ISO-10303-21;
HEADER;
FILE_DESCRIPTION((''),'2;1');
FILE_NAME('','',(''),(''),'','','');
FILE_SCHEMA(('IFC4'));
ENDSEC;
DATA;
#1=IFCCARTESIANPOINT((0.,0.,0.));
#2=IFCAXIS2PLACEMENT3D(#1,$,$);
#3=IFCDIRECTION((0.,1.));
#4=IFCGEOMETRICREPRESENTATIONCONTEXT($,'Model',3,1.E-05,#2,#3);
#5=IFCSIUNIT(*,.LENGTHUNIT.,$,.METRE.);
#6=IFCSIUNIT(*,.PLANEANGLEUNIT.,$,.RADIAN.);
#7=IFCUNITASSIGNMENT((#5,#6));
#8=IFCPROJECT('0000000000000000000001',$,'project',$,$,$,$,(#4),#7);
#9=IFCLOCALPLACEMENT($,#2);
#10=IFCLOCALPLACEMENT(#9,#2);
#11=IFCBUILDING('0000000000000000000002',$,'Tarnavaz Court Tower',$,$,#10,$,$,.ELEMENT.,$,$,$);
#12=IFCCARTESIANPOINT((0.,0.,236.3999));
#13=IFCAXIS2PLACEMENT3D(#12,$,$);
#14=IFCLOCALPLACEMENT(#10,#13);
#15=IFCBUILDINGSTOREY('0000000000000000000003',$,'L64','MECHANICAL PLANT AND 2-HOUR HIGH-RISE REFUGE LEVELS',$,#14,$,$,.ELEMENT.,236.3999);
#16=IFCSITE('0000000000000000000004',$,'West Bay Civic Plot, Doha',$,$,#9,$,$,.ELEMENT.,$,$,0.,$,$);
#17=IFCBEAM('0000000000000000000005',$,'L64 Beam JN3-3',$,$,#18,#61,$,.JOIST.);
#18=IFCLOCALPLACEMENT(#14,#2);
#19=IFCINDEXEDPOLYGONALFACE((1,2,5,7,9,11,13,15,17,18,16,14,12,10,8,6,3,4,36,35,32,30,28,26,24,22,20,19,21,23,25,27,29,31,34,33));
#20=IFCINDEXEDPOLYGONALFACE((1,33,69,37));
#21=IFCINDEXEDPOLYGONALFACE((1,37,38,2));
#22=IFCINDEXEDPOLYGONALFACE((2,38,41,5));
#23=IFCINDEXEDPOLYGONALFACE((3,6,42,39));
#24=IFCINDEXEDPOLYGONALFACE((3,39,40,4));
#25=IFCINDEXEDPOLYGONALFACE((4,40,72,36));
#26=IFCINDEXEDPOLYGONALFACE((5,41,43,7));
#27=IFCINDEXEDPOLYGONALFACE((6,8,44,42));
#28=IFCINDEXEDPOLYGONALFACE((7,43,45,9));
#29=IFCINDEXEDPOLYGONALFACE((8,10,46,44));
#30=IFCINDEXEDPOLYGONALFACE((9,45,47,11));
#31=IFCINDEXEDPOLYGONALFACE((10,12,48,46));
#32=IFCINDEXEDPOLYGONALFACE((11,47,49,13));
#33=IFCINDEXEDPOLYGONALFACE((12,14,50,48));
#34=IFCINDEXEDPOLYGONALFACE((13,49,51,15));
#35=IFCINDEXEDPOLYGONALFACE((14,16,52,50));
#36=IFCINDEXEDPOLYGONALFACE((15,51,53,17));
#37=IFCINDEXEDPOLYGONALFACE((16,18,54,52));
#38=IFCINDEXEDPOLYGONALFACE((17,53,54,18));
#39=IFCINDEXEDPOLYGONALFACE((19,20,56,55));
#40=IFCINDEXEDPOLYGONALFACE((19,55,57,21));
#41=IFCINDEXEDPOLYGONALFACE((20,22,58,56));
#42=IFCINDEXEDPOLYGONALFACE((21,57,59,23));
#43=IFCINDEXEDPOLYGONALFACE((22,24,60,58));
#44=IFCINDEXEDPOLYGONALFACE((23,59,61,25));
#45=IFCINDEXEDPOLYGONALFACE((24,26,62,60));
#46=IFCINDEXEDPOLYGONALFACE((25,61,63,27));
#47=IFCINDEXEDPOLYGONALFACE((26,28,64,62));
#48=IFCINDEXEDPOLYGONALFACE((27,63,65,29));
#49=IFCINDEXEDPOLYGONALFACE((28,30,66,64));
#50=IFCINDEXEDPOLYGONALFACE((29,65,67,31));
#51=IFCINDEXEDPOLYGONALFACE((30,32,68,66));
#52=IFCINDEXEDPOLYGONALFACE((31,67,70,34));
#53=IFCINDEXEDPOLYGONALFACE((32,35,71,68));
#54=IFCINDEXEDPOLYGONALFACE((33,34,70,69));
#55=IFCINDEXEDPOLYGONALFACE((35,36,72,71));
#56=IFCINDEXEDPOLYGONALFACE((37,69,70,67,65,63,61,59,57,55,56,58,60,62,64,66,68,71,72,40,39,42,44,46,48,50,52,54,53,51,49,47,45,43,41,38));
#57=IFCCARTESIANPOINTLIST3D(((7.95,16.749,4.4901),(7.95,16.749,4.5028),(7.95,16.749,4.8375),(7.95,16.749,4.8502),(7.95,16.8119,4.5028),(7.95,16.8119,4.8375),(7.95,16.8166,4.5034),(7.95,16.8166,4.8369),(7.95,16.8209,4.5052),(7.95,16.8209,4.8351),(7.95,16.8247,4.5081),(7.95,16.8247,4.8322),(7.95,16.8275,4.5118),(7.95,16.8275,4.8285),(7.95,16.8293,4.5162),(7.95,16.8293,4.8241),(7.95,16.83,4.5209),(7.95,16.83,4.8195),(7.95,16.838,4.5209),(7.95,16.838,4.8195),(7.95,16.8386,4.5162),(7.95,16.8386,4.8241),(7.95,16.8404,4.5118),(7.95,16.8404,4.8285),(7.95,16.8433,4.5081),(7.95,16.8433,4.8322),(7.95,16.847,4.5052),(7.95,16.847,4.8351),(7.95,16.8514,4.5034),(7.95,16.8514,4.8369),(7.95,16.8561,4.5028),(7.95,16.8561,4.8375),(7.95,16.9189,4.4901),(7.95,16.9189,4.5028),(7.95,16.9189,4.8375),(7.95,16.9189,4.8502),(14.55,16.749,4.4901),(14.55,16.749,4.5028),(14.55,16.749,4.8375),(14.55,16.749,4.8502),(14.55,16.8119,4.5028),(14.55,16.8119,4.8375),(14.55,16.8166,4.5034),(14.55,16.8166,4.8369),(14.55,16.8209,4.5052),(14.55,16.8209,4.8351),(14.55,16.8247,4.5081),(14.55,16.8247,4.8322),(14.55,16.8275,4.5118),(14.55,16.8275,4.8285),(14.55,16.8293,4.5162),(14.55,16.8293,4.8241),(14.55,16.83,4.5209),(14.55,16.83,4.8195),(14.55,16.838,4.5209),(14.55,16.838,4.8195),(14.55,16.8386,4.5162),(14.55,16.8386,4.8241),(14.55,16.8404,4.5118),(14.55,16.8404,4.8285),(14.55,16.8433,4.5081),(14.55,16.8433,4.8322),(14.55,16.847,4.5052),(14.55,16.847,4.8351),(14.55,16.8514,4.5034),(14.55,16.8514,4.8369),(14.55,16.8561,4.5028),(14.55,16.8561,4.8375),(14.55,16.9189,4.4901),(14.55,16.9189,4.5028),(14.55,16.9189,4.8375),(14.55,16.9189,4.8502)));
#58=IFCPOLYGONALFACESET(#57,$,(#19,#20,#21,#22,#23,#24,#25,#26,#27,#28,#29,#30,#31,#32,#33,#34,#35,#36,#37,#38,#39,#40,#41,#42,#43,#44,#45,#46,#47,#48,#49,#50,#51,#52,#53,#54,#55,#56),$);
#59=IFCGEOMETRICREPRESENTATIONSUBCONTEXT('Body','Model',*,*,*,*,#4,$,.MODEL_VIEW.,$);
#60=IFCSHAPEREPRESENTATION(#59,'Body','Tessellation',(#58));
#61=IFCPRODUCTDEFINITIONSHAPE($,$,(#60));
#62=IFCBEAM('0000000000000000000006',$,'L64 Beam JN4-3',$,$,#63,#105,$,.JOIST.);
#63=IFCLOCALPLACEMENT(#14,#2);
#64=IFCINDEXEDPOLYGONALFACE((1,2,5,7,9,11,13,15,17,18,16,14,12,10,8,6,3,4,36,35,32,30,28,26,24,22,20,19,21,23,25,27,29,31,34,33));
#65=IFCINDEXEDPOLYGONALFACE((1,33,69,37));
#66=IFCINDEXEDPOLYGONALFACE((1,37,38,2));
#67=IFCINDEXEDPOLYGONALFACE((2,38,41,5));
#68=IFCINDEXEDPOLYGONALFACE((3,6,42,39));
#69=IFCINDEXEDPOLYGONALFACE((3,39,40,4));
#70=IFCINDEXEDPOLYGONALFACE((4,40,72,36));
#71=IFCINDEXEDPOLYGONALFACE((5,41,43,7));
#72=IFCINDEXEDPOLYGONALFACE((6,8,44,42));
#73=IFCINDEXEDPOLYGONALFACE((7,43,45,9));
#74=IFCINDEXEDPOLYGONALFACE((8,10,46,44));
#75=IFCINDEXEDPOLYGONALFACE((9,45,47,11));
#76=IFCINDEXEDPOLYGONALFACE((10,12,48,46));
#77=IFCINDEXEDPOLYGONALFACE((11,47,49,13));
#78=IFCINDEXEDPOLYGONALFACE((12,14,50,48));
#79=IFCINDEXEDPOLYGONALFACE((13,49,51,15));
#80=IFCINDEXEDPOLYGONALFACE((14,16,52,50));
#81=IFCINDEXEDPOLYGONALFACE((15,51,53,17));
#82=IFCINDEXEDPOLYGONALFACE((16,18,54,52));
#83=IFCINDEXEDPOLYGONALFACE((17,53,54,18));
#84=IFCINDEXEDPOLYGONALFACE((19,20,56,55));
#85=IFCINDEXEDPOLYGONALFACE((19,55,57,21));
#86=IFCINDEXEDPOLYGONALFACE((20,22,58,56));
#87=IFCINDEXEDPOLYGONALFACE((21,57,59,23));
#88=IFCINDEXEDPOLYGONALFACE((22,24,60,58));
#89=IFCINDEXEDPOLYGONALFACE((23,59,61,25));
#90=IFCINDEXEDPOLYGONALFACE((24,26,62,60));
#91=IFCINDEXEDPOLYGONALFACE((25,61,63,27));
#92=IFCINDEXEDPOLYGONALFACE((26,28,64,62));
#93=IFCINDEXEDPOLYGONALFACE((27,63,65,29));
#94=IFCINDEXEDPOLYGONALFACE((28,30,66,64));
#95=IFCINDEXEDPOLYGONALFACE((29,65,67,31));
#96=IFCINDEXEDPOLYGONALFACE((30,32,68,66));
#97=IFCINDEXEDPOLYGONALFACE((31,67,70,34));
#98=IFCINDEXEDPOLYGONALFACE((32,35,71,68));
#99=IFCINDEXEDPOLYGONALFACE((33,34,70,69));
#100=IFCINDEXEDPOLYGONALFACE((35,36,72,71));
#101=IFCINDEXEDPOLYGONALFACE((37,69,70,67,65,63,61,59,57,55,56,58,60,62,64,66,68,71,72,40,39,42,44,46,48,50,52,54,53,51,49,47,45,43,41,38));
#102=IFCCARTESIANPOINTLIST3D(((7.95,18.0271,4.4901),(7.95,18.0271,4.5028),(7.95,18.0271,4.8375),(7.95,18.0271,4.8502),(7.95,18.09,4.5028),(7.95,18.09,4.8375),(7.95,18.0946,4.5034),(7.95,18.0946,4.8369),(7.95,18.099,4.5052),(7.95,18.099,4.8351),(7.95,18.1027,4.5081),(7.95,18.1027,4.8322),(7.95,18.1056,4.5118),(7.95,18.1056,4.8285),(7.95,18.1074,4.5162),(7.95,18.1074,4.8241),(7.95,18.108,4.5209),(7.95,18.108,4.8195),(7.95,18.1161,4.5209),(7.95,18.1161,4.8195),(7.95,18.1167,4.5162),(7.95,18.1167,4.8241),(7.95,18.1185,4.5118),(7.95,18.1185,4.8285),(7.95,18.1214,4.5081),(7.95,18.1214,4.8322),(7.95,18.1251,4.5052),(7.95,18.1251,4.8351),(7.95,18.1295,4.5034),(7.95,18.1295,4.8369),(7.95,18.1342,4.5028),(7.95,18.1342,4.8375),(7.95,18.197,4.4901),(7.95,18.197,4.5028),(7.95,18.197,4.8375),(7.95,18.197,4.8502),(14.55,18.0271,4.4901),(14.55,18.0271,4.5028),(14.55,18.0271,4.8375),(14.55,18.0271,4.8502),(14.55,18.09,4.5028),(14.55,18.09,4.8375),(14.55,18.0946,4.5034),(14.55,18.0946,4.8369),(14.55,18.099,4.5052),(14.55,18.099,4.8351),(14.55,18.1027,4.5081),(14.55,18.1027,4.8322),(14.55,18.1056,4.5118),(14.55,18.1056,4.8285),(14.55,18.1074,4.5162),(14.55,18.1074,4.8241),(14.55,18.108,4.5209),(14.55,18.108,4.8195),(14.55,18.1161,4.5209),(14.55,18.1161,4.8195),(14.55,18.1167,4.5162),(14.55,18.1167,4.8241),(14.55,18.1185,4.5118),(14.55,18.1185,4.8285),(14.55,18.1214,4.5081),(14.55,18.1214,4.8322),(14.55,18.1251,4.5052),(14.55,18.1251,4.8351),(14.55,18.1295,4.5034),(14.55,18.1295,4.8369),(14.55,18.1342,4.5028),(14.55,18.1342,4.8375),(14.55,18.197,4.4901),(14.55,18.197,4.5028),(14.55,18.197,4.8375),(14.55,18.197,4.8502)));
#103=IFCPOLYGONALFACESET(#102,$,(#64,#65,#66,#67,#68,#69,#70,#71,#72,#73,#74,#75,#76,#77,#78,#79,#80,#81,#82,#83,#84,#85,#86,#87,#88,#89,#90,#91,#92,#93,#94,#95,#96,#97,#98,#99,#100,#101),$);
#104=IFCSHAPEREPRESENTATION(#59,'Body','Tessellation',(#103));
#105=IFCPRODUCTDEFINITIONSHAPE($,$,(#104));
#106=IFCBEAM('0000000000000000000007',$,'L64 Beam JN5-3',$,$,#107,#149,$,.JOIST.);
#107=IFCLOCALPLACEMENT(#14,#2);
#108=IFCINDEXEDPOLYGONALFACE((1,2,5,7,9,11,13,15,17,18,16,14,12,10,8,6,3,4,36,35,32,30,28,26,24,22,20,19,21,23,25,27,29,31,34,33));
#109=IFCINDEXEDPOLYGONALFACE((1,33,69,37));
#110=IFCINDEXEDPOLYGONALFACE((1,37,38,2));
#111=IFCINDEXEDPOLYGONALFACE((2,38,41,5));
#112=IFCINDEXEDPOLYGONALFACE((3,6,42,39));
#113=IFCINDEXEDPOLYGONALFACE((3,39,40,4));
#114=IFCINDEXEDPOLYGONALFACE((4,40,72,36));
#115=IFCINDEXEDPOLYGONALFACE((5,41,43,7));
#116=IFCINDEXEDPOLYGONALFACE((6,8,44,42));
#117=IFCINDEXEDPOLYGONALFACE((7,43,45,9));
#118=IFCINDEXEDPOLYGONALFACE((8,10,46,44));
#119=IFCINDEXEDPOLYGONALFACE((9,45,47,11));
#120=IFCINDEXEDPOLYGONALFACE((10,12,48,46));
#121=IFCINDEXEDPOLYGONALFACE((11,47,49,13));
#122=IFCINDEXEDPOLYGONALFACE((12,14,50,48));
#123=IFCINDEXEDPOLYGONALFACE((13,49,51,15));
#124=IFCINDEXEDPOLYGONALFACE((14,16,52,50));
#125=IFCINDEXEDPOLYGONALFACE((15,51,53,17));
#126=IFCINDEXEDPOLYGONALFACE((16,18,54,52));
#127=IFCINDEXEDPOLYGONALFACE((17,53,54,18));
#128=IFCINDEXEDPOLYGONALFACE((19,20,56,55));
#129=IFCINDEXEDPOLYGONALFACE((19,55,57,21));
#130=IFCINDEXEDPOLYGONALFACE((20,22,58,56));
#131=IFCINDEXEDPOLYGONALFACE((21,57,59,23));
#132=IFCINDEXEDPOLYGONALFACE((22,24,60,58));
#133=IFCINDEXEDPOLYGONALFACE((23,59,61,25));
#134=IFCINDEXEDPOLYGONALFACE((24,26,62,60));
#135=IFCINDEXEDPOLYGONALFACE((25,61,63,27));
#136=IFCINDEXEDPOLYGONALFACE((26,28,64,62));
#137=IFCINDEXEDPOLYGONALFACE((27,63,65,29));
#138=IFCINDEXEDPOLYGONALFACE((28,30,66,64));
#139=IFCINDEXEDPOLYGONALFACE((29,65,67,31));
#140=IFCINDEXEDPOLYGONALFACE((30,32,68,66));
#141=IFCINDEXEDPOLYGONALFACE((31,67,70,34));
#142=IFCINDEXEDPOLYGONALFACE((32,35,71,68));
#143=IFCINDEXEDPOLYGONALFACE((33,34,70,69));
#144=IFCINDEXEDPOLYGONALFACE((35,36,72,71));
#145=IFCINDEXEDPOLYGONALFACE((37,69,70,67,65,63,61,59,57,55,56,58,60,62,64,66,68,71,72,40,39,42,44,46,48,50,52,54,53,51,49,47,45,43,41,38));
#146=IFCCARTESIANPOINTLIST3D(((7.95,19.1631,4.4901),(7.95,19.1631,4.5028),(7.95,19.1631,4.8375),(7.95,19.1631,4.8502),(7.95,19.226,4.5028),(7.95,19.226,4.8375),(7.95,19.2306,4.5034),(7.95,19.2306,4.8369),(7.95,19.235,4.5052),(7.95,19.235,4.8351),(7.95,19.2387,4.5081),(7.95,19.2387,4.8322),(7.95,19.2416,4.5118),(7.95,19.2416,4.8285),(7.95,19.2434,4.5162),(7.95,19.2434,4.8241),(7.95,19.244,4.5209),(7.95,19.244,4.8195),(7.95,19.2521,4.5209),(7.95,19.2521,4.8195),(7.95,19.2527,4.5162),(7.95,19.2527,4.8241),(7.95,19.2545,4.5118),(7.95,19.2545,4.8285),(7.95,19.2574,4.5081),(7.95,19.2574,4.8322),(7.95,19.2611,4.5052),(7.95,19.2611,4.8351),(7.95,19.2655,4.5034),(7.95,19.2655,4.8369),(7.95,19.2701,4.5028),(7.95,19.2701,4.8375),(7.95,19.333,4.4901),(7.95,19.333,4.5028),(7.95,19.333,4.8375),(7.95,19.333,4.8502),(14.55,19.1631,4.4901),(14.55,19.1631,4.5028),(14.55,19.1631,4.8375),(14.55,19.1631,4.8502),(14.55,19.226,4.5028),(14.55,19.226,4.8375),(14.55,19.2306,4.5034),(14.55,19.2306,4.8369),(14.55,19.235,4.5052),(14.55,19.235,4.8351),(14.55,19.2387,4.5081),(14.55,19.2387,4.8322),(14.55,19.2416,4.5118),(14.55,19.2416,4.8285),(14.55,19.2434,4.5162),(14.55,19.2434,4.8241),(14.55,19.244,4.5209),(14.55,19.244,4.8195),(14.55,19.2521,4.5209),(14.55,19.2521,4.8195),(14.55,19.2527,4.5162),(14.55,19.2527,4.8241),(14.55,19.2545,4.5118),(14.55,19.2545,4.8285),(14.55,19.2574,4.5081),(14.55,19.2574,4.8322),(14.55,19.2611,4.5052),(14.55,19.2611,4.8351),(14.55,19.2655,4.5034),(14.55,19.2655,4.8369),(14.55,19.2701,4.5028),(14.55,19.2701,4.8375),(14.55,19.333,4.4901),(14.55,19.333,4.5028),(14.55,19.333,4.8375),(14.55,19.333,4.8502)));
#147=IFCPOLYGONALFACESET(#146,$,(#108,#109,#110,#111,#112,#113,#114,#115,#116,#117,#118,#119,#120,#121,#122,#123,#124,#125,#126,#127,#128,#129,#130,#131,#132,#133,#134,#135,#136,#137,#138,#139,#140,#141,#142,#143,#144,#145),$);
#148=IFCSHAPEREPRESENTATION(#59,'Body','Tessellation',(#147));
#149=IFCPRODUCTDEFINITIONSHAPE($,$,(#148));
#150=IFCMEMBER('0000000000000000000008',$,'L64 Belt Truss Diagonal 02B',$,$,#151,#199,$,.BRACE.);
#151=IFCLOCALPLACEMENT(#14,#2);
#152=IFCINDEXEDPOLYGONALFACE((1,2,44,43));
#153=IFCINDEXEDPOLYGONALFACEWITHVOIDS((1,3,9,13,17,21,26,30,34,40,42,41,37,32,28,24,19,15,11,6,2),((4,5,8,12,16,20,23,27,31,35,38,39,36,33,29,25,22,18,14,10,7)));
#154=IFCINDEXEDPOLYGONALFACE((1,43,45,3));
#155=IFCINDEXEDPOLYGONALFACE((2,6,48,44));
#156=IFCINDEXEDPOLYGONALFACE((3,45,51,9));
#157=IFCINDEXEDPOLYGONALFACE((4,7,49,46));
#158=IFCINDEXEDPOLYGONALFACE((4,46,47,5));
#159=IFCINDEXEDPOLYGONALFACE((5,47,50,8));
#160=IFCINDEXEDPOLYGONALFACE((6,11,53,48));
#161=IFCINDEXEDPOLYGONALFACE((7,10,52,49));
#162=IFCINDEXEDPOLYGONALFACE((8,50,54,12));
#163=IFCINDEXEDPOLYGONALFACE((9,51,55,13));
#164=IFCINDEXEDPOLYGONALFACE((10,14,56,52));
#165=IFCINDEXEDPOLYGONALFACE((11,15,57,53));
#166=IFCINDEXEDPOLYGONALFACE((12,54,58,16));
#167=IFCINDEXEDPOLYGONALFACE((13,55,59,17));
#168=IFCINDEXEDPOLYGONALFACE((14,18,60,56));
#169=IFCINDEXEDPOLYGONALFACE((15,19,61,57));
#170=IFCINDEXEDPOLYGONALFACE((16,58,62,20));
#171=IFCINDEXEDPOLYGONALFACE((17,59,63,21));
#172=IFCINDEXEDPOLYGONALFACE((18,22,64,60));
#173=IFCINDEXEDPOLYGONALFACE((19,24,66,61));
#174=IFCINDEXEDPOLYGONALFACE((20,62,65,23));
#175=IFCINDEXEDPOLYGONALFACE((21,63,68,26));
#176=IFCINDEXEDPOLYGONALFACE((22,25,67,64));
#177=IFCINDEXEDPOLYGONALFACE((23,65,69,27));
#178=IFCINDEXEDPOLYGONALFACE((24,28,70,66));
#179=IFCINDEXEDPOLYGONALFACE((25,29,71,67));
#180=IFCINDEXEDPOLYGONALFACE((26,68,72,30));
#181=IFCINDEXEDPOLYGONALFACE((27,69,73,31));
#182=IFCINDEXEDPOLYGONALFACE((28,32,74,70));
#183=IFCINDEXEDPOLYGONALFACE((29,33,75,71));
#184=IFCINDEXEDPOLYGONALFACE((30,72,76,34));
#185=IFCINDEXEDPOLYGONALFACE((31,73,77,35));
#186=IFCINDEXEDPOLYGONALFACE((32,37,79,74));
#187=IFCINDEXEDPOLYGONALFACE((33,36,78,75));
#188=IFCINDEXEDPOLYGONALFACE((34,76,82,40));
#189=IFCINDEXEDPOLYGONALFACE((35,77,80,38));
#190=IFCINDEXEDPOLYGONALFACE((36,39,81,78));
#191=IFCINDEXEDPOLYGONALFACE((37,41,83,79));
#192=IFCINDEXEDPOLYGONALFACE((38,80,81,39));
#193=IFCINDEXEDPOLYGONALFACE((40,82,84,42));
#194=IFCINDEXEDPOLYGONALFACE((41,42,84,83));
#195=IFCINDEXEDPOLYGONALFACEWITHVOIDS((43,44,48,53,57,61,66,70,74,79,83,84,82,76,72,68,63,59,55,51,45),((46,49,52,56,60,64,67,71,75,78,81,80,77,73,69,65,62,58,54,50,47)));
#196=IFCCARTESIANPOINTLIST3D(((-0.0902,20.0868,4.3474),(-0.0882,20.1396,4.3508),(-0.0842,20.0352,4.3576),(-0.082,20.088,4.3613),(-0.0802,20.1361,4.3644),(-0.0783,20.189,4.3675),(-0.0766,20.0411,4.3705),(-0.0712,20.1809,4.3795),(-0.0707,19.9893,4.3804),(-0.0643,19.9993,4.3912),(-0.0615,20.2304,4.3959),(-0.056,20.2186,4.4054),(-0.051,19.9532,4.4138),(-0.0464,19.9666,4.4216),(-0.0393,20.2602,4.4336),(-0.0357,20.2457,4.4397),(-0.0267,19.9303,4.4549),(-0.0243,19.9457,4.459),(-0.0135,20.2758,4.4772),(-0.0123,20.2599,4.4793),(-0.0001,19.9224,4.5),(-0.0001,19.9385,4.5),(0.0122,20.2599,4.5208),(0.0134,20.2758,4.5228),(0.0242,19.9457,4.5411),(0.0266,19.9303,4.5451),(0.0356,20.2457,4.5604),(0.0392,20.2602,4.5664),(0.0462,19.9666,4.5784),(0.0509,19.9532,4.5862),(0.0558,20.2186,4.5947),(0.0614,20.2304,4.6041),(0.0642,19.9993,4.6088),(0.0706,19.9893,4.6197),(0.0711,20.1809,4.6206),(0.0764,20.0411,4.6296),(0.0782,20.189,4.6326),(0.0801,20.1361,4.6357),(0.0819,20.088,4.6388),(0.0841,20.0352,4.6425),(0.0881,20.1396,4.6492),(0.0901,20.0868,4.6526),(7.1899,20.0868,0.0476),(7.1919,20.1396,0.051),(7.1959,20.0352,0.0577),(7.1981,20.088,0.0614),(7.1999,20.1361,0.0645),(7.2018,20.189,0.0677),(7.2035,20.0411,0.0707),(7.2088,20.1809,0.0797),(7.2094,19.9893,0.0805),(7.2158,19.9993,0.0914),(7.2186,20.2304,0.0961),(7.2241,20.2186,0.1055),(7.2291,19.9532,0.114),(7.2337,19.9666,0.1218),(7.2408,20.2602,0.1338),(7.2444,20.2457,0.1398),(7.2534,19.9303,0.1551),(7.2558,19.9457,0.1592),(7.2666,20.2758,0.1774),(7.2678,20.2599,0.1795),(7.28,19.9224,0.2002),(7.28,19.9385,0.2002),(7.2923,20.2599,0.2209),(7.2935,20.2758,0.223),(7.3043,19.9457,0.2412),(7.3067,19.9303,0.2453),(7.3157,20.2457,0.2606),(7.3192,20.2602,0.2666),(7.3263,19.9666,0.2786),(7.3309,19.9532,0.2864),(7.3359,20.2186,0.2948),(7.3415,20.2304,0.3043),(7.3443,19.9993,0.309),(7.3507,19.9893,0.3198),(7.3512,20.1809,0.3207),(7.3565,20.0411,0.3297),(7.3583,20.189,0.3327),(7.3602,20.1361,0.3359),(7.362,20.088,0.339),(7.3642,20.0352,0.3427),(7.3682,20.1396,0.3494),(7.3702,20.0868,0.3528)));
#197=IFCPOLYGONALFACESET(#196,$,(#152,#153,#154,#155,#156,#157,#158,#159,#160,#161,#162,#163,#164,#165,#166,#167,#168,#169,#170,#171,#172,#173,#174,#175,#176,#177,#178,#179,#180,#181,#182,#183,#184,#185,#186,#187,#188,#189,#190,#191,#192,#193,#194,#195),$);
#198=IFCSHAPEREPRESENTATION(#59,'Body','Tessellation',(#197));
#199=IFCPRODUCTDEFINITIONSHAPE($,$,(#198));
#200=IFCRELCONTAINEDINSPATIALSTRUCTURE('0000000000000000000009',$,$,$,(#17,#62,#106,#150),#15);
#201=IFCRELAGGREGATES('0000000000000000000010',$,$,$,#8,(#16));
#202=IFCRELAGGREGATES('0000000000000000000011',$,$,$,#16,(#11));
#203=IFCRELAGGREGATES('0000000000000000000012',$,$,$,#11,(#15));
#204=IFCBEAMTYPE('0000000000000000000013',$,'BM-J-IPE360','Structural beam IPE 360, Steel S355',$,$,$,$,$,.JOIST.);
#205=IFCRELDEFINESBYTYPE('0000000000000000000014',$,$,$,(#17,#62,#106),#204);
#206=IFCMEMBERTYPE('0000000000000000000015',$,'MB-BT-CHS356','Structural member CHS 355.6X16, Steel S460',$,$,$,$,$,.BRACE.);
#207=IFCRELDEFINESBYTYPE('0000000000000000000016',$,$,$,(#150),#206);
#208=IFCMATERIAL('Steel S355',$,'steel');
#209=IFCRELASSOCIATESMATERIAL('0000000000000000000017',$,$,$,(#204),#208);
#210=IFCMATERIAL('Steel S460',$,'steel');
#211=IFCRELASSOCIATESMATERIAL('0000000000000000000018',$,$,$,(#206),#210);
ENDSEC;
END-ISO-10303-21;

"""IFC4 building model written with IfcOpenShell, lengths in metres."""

from ifc_helpers import new_model, si_unit, direction, frame, origin, origin_2d, place, context, subcontext, project, spatial, hollow_circle, i_section, extrude, material, material_profile, profile_set, type_object, element, save


model = new_model("IFC4")

# Units and contexts
model_context = context("Model", 3, precision=1e-05, world=origin(), true_north=direction((0.0, 1.0)))
body_context = subcontext(model_context, "Body", "Model", "MODEL_VIEW")
ifc_project = project(units=[si_unit("LENGTHUNIT", "METRE"), si_unit("PLANEANGLEUNIT", "RADIAN")], contexts=[model_context])

# Site, building, storey
site_placement = place(None, origin())
site = spatial("IfcSite", under=ifc_project, at=site_placement, Name="West Bay Civic Plot, Doha", CompositionType="ELEMENT", RefElevation=0.0)
building_placement = place(site_placement, origin())
building = spatial("IfcBuilding", under=site, at=building_placement, Name="Tarnavaz Court Tower", CompositionType="ELEMENT")
storey_placement = place(building_placement, frame((0.0, 0.0, 236.3999)))
storey = spatial("IfcBuildingStorey", under=building, at=storey_placement, Name="L64", Description="MECHANICAL PLANT AND 2-HOUR HIGH-RISE REFUGE LEVELS", CompositionType="ELEMENT", Elevation=236.3999)

# Shared definitions
ifc_material_1 = material(Name="Steel S460", Category="steel")

# Beams
ifc_material_2 = material(Name="Steel S355", Category="steel")
ifc_material_profile_1 = material_profile(ifc_material_2, i_section(OverallWidth=0.1699, OverallDepth=0.3601, WebThickness=0.0081, FlangeThickness=0.0127, FilletRadius=0.0181, at=origin_2d()), Name="IPE 360")
ifc_profile_set_1 = profile_set([ifc_material_profile_1], Name="Steel S355")
beam_type_1 = type_object("IfcBeamType", Name="BM-J-IPE360", Description="Structural beam IPE 360, Steel S355", PredefinedType="JOIST", material=ifc_profile_set_1)
for number, where, z_axis, x_axis, name in (
    (1, (7.95, 16.834, 4.6702), (1.0, 0.0, 0.0), (0.0, 1.0, 0.0), "L64 Beam JN3-3"),
    (2, (7.95, 18.1121, 4.6702), (1.0, 0.0, 0.0), (0.0, 1.0, 0.0), "L64 Beam JN4-3"),
    (3, (7.95, 19.248, 4.6702), (1.0, 0.0, 0.0), (0.0, 1.0, 0.0), "L64 Beam JN5-3"),
):
    element("IfcBeam", number, at=place(storey_placement, frame(where, z_axis=z_axis, x_axis=x_axis)), inside=storey, type_object=beam_type_1, Name=name, PredefinedType="JOIST", context=body_context, shape_type="SweptSolid", body=[
        extrude(i_section(OverallWidth=0.1699, OverallDepth=0.3601, WebThickness=0.0081, FlangeThickness=0.0127, FilletRadius=0.0181, at=origin_2d()), origin(), (0.0, 0.0, 1.0), 6.6001),
    ])

# Member
ifc_material_profile_2 = material_profile(ifc_material_1, hollow_circle(Radius=0.1777, WallThickness=0.0161, at=origin_2d()), Name="CHS 355.6X16")
ifc_profile_set_2 = profile_set([ifc_material_profile_2], Name="Steel S460")
member_type_1 = type_object("IfcMemberType", Name="MB-BT-CHS356", Description="Structural member CHS 355.6X16, Steel S460", PredefinedType="BRACE", material=ifc_profile_set_2)
member_1_placement = place(storey_placement, frame((7.28, 20.1001, 0.2002), z_axis=(-0.861032, 0.0, 0.508551), x_axis=(0.0, -1.0, 0.0)))
element("IfcMember", 4, at=member_1_placement, inside=storey, type_object=member_type_1, Name="L64 Belt Truss Diagonal 02B", PredefinedType="BRACE", context=body_context, shape_type="SweptSolid", body=[
    extrude(hollow_circle(Radius=0.1777, WallThickness=0.0161, at=origin_2d()), origin(), (0.0, 0.0, 1.0), 8.4551),
])

save(model, "model.ifc")
